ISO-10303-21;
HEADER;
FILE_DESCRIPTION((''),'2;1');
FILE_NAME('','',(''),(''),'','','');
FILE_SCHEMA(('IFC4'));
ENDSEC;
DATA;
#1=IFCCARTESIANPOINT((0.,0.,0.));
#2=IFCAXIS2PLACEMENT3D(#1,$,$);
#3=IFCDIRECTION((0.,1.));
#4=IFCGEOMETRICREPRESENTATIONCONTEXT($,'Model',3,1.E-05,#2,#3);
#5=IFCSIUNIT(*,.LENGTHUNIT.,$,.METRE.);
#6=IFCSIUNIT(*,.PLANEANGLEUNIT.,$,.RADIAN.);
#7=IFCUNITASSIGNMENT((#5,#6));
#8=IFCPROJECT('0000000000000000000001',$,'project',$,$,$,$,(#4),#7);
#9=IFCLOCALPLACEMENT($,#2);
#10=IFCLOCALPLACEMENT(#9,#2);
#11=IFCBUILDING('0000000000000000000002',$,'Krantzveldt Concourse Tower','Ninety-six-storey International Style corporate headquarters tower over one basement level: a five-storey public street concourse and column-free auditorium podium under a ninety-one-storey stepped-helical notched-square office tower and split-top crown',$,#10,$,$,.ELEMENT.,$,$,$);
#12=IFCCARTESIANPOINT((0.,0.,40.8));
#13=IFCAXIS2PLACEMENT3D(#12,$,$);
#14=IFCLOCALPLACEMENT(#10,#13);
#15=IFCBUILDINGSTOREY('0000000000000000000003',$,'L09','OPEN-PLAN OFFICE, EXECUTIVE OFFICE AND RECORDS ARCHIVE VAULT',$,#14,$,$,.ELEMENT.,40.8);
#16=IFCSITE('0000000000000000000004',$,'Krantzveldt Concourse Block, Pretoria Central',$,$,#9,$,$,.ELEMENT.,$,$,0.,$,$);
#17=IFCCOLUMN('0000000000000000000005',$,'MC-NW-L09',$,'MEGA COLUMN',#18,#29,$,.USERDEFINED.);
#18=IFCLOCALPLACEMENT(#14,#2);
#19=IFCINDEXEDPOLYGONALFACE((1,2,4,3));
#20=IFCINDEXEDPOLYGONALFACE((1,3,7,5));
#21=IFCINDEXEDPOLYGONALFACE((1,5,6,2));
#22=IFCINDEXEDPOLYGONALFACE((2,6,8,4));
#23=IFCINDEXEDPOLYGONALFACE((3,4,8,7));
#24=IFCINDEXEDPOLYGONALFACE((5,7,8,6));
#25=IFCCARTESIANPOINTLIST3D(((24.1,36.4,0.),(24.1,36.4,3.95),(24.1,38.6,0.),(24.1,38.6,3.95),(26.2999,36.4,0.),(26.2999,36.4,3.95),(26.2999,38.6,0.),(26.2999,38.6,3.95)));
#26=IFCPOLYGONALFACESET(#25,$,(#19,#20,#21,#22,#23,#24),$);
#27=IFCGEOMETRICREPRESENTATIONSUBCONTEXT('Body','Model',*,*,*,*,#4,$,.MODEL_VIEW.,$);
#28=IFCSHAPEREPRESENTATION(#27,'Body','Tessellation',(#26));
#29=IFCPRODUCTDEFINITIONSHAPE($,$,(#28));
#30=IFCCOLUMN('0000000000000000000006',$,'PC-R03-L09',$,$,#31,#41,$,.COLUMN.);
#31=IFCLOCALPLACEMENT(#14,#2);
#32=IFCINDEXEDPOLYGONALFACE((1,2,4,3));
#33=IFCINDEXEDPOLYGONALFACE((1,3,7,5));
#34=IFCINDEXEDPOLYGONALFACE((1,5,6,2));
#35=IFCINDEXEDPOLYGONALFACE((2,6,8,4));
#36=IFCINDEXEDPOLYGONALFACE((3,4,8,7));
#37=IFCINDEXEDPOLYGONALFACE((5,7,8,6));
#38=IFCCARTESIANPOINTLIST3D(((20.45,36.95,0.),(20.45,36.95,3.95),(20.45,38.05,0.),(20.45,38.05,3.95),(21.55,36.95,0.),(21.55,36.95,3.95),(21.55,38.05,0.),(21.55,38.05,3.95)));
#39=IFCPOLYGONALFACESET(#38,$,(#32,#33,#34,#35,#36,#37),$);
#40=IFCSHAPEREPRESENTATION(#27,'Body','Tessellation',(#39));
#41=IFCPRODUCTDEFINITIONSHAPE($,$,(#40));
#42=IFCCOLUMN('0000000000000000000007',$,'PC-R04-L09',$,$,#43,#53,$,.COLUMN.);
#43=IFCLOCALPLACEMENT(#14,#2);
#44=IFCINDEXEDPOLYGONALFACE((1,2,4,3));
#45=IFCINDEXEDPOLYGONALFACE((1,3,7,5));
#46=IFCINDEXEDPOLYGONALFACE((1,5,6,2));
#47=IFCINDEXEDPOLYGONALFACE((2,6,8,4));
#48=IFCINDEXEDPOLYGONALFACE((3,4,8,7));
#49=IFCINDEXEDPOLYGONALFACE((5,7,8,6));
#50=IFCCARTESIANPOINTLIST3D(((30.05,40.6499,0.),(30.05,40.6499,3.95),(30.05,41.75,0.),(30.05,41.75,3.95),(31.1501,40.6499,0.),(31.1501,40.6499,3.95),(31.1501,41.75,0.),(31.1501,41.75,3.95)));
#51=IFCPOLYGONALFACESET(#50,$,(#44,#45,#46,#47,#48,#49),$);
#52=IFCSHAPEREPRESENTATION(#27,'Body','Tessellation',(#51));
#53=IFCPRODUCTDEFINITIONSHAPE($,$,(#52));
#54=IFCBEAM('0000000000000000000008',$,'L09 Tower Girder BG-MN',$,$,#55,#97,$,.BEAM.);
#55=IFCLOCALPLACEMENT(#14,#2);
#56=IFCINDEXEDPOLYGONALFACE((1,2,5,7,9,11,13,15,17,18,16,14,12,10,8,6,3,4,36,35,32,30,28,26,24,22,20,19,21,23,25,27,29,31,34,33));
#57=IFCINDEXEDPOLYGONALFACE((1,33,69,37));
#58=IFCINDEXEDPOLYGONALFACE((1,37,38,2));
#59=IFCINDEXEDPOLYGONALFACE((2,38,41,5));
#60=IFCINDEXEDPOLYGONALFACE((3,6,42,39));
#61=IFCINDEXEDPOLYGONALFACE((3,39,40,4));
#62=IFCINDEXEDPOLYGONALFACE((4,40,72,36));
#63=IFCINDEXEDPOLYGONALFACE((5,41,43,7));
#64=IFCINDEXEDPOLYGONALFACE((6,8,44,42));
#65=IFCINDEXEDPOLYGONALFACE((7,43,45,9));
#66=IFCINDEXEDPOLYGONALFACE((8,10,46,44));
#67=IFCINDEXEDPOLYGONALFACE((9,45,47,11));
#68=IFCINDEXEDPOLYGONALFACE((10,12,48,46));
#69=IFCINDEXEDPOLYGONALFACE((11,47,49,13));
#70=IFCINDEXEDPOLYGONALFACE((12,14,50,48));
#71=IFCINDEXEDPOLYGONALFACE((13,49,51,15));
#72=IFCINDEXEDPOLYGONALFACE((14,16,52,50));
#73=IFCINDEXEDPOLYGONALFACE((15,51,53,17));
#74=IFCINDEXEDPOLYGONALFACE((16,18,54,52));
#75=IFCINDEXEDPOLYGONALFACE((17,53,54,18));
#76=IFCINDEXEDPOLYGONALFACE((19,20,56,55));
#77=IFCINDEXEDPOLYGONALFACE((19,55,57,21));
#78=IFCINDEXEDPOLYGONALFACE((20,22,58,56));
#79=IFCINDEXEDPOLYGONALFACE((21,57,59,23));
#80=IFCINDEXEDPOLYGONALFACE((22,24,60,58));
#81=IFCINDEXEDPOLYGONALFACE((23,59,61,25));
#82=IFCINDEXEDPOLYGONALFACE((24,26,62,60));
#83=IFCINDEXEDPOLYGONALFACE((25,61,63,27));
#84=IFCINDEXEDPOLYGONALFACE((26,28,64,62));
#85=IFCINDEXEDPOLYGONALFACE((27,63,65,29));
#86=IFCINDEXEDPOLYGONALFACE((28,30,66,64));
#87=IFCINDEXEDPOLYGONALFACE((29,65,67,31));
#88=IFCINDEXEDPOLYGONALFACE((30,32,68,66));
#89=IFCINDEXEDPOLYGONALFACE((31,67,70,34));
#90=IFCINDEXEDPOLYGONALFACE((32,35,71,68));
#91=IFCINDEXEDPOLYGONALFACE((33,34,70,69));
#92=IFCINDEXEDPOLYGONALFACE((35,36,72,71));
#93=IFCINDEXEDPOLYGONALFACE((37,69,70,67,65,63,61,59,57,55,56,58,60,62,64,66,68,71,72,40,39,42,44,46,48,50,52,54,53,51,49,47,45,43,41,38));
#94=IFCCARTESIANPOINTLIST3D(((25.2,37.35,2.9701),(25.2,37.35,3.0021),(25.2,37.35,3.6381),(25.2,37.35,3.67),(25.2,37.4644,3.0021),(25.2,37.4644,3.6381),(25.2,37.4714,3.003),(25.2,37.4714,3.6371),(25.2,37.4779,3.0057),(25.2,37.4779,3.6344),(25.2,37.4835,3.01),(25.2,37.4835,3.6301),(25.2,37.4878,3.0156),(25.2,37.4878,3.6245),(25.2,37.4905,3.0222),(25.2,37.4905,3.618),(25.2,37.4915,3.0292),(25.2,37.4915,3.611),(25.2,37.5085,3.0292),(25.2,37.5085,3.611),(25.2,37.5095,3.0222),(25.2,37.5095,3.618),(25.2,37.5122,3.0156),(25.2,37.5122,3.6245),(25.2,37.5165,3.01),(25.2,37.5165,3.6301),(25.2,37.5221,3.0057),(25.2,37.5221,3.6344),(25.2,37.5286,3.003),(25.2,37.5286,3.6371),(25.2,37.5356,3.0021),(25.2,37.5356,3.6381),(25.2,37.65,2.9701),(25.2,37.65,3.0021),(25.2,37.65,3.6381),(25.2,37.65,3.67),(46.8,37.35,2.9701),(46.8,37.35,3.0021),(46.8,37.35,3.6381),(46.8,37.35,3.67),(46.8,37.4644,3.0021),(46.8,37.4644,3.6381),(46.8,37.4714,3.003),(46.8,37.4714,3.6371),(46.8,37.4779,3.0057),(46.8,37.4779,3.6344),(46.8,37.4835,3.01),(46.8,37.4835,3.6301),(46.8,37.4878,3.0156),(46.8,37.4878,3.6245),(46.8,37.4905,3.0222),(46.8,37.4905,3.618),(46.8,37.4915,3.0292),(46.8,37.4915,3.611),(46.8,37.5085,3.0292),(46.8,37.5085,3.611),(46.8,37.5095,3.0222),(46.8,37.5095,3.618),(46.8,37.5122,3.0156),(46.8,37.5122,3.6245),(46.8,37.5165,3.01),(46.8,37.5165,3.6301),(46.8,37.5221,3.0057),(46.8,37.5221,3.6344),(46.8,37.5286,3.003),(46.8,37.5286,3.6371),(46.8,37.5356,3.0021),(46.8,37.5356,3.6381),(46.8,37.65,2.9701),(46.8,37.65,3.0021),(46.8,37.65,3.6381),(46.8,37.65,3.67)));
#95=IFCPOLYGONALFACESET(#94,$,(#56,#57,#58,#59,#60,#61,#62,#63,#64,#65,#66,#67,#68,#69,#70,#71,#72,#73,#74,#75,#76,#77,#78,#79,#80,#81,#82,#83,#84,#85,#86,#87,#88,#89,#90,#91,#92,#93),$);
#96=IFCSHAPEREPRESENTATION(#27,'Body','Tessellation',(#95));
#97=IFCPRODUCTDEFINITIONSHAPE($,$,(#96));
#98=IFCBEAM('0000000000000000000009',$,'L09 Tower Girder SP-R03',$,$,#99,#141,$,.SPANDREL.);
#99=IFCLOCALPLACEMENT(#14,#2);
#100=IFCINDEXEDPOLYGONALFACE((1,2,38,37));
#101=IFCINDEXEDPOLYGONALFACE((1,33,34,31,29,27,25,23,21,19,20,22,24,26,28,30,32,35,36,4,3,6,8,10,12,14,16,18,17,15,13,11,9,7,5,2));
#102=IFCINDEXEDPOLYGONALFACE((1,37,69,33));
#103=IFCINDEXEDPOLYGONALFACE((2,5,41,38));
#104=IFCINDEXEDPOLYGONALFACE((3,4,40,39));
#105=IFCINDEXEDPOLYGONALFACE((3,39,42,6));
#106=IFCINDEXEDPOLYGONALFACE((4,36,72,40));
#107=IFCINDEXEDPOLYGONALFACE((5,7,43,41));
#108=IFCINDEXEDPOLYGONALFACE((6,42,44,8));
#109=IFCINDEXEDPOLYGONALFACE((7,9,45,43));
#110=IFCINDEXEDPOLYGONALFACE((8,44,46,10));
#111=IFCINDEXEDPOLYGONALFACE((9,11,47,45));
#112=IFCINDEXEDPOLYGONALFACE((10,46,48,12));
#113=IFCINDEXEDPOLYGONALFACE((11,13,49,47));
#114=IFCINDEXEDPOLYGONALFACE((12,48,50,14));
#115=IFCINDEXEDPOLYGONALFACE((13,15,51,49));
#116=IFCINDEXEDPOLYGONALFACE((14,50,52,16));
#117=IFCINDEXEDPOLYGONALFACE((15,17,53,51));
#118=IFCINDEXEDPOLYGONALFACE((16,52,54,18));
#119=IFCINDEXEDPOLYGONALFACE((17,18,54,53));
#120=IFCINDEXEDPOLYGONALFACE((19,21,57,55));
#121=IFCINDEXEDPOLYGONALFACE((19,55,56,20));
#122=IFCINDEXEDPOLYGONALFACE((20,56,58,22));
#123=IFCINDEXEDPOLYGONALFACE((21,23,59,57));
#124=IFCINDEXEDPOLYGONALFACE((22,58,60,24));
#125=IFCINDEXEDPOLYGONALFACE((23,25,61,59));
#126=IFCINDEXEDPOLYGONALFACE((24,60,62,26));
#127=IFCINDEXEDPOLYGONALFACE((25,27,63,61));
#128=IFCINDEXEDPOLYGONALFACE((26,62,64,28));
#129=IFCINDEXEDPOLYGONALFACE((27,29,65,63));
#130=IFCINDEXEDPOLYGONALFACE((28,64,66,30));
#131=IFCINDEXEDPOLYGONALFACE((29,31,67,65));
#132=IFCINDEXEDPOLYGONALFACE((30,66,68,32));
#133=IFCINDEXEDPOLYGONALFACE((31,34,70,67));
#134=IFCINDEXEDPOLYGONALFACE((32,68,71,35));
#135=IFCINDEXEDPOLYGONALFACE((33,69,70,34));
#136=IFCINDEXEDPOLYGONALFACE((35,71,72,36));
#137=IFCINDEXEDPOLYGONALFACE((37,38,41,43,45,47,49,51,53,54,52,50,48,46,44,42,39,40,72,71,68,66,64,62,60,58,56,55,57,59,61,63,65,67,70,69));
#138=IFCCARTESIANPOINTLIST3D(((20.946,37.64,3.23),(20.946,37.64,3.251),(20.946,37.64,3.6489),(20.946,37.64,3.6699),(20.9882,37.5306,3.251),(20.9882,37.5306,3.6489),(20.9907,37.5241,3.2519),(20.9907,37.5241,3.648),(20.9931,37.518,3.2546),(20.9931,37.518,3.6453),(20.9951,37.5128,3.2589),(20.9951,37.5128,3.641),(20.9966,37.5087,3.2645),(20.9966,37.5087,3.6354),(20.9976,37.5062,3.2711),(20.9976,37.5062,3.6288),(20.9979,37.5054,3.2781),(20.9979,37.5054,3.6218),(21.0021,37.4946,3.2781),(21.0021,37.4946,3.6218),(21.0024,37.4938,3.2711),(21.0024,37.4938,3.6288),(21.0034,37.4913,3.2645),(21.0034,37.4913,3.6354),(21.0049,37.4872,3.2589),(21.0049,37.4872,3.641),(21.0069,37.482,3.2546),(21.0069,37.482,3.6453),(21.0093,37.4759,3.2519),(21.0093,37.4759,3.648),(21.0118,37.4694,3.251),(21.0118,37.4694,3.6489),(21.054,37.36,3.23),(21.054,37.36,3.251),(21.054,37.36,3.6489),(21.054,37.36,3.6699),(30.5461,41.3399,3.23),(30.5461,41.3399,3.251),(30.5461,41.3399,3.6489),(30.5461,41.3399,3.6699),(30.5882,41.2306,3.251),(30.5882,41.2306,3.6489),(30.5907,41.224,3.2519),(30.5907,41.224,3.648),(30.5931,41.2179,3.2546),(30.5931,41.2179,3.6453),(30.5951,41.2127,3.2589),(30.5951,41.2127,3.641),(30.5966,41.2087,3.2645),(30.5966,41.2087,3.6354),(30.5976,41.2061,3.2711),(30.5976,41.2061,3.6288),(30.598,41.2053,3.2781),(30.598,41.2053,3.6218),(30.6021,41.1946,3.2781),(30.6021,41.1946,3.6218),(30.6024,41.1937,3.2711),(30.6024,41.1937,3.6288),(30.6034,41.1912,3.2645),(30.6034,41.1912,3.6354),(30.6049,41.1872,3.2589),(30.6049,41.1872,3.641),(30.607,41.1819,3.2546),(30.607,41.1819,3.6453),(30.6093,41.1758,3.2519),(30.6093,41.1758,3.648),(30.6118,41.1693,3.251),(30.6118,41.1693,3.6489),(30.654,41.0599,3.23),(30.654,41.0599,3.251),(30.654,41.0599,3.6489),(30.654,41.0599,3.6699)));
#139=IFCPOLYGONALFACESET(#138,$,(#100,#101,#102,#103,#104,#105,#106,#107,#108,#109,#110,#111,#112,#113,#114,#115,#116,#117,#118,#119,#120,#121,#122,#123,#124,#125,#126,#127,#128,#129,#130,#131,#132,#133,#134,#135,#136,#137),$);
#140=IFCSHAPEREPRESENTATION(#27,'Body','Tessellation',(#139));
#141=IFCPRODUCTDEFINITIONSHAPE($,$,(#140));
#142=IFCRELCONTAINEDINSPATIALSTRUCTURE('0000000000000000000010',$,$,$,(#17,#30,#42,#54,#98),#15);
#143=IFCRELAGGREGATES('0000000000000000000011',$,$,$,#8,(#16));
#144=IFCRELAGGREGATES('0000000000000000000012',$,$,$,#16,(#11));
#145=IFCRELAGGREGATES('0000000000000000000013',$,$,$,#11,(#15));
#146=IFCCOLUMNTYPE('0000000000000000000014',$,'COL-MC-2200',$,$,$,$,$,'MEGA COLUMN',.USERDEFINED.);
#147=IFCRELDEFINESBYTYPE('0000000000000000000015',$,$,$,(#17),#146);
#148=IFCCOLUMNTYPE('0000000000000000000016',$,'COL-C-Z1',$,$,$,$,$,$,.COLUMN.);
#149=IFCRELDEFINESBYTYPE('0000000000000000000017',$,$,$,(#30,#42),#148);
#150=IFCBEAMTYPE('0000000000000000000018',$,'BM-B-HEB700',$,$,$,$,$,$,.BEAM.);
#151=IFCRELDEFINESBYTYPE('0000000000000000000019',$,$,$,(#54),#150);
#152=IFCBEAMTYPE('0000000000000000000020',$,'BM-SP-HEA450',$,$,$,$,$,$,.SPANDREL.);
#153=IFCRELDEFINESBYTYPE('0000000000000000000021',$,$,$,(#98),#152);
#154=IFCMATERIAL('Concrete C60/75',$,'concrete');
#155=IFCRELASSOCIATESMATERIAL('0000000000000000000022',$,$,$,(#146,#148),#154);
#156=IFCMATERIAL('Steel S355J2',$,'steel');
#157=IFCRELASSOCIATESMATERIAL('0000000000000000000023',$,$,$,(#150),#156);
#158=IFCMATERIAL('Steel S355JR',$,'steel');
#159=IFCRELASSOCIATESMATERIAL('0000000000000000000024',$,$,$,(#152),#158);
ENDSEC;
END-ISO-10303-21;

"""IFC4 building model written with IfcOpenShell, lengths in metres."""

from ifc_helpers import new_model, si_unit, direction, frame, origin, origin_2d, place, context, subcontext, project, spatial, rectangle, i_section, extrude, source, transform, mapped, material, material_profile, profile_set, type_object, type_shapes, element, save


model = new_model("IFC4")

# Units and contexts
model_context = context("Model", 3, precision=1e-05, world=origin(), true_north=direction((0.0, 1.0)))
body_context = subcontext(model_context, "Body", "Model", "MODEL_VIEW")
ifc_project = project(units=[si_unit("LENGTHUNIT", "METRE"), si_unit("PLANEANGLEUNIT", "RADIAN")], contexts=[model_context])

# Site, building, storey
site_placement = place(None, origin())
site = spatial("IfcSite", under=ifc_project, at=site_placement, Name="Krantzveldt Concourse Block, Pretoria Central", CompositionType="ELEMENT", RefElevation=0.0)
building_placement = place(site_placement, origin())
building = spatial("IfcBuilding", under=site, at=building_placement, Name="Krantzveldt Concourse Tower", Description="Ninety-six-storey International Style corporate headquarters tower over one basement level: a five-storey public street concourse and column-free auditorium podium under a ninety-one-storey stepped-helical notched-square office tower and split-top crown", CompositionType="ELEMENT")
storey_placement = place(building_placement, frame((0.0, 0.0, 40.8)))
storey = spatial("IfcBuildingStorey", under=building, at=storey_placement, Name="L09", Description="OPEN-PLAN OFFICE, EXECUTIVE OFFICE AND RECORDS ARCHIVE VAULT", CompositionType="ELEMENT", Elevation=40.8)

# Columns
ifc_material_1 = material(Name="Concrete C60/75", Category="concrete")
ifc_material_profile_1 = material_profile(ifc_material_1, rectangle(XDim=2.2, YDim=2.2, at=origin_2d()), Name="Concrete C60/75", Category="concrete")
ifc_profile_set_1 = profile_set([ifc_material_profile_1], Name="Concrete C60/75 - RC 2200x2200")
column_type_1 = type_object("IfcColumnType", Name="COL-MC-2200", ElementType="MEGA COLUMN", PredefinedType="USERDEFINED", material=ifc_profile_set_1)
shared_shape_1 = source(origin(), body_context, "Body", "SweptSolid", [
    extrude(rectangle(XDim=2.2, YDim=2.2, at=origin_2d()), origin(), (0.0, 0.0, 1.0), 3.95),
])
type_shapes(column_type_1, [shared_shape_1])
column_placement = place(storey_placement, frame((25.2, 37.5, 0.0), z_axis=(0.0, 0.0, 1.0), x_axis=(1.0, 0.0, 0.0)))
element("IfcColumn", 1, at=column_placement, inside=storey, type_object=column_type_1, Name="MC-NW-L09", ObjectType="MEGA COLUMN", PredefinedType="USERDEFINED", context=body_context, shape_type="MappedRepresentation", body=[
    mapped(shared_shape_1, transform((0.0, 0.0, 0.0), x_axis=(1.0, 0.0, 0.0), y_axis=(0.0, 1.0, 0.0), z_axis=(0.0, 0.0, 1.0), scale=1.0)),
])
ifc_material_profile_2 = material_profile(ifc_material_1, rectangle(XDim=1.1001, YDim=1.1001, at=origin_2d()), Name="Concrete C60/75", Category="concrete")
ifc_profile_set_2 = profile_set([ifc_material_profile_2], Name="Concrete C60/75 - RC 1100x1100")
column_type_2 = type_object("IfcColumnType", Name="COL-C-Z1", PredefinedType="COLUMN", material=ifc_profile_set_2)
shared_shape_2 = source(origin(), body_context, "Body", "SweptSolid", [
    extrude(rectangle(XDim=1.1001, YDim=1.1001, at=origin_2d()), origin(), (0.0, 0.0, 1.0), 3.95),
])
type_shapes(column_type_2, [shared_shape_2])
for number, where, z_axis, x_axis, name in (
    (2, (21.0, 37.5, 0.0), (0.0, 0.0, 1.0), (1.0, 0.0, 0.0), "PC-R03-L09"),
    (3, (30.6001, 41.2, 0.0), (0.0, 0.0, 1.0), (1.0, 0.0, 0.0), "PC-R04-L09"),
):
    element("IfcColumn", number, at=place(storey_placement, frame(where, z_axis=z_axis, x_axis=x_axis)), inside=storey, type_object=column_type_2, Name=name, PredefinedType="COLUMN", context=body_context, shape_type="MappedRepresentation", body=[
        mapped(shared_shape_2, transform((0.0, 0.0, 0.0), x_axis=(1.0, 0.0, 0.0), y_axis=(0.0, 1.0, 0.0), z_axis=(0.0, 0.0, 1.0), scale=1.0)),
    ])

# Beams
ifc_material_2 = material(Name="Steel S355J2", Category="steel")
ifc_material_profile_3 = material_profile(ifc_material_2, i_section(OverallWidth=0.3, OverallDepth=0.7, WebThickness=0.0171, FlangeThickness=0.032, FilletRadius=0.0271, at=origin_2d()), Name="Steel S355J2", Category="steel")
ifc_profile_set_3 = profile_set([ifc_material_profile_3], Name="Steel S355J2 - HEB 700")
beam_type_1 = type_object("IfcBeamType", Name="BM-B-HEB700", PredefinedType="BEAM", material=ifc_profile_set_3)
shared_shape_3 = source(origin(), body_context, "Body", "SweptSolid", [
    extrude(i_section(OverallWidth=0.3, OverallDepth=0.7, WebThickness=0.0171, FlangeThickness=0.032, FilletRadius=0.0271, at=origin_2d()), origin(), (0.0, 0.0, 1.0), 21.6001),
])
type_shapes(beam_type_1, [shared_shape_3])
beam_1_placement = place(storey_placement, frame((25.2, 37.5, 3.3201), z_axis=(1.0, 0.0, 0.0), x_axis=(0.0, 1.0, 0.0)))
element("IfcBeam", 4, at=beam_1_placement, inside=storey, type_object=beam_type_1, Name="L09 Tower Girder BG-MN", PredefinedType="BEAM", context=body_context, shape_type="MappedRepresentation", body=[
    mapped(shared_shape_3, transform((0.0, 0.0, 0.0), x_axis=(1.0, 0.0, 0.0), y_axis=(0.0, 1.0, 0.0), z_axis=(0.0, 0.0, 1.0), scale=1.0)),
])
ifc_material_3 = material(Name="Steel S355JR", Category="steel")
ifc_material_profile_4 = material_profile(ifc_material_3, i_section(OverallWidth=0.3, OverallDepth=0.4399, WebThickness=0.0115, FlangeThickness=0.021, FilletRadius=0.0271, at=origin_2d()), Name="Steel S355JR", Category="steel")
ifc_profile_set_4 = profile_set([ifc_material_profile_4], Name="Steel S355JR - HEA 450")
beam_type_2 = type_object("IfcBeamType", Name="BM-SP-HEA450", PredefinedType="SPANDREL", material=ifc_profile_set_4)
shared_shape_4 = source(origin(), body_context, "Body", "SweptSolid", [
    extrude(i_section(OverallWidth=0.3, OverallDepth=0.4399, WebThickness=0.0115, FlangeThickness=0.021, FilletRadius=0.0271, at=origin_2d()), origin(), (0.0, 0.0, 1.0), 10.2883),
])
beam_2_placement = place(storey_placement, frame((21.0, 37.5, 3.45), z_axis=(0.933098, 0.359623, 0.0), x_axis=(-0.359623, 0.933098, 0.0)))
element("IfcBeam", 5, at=beam_2_placement, inside=storey, type_object=beam_type_2, Name="L09 Tower Girder SP-R03", PredefinedType="SPANDREL", context=body_context, shape_type="MappedRepresentation", body=[
    mapped(shared_shape_4, transform((0.0, 0.0, 0.0), x_axis=(1.0, 0.0, 0.0), y_axis=(0.0, 1.0, 0.0), z_axis=(0.0, 0.0, 1.0), scale=1.0)),
])

save(model, "model.ifc")
